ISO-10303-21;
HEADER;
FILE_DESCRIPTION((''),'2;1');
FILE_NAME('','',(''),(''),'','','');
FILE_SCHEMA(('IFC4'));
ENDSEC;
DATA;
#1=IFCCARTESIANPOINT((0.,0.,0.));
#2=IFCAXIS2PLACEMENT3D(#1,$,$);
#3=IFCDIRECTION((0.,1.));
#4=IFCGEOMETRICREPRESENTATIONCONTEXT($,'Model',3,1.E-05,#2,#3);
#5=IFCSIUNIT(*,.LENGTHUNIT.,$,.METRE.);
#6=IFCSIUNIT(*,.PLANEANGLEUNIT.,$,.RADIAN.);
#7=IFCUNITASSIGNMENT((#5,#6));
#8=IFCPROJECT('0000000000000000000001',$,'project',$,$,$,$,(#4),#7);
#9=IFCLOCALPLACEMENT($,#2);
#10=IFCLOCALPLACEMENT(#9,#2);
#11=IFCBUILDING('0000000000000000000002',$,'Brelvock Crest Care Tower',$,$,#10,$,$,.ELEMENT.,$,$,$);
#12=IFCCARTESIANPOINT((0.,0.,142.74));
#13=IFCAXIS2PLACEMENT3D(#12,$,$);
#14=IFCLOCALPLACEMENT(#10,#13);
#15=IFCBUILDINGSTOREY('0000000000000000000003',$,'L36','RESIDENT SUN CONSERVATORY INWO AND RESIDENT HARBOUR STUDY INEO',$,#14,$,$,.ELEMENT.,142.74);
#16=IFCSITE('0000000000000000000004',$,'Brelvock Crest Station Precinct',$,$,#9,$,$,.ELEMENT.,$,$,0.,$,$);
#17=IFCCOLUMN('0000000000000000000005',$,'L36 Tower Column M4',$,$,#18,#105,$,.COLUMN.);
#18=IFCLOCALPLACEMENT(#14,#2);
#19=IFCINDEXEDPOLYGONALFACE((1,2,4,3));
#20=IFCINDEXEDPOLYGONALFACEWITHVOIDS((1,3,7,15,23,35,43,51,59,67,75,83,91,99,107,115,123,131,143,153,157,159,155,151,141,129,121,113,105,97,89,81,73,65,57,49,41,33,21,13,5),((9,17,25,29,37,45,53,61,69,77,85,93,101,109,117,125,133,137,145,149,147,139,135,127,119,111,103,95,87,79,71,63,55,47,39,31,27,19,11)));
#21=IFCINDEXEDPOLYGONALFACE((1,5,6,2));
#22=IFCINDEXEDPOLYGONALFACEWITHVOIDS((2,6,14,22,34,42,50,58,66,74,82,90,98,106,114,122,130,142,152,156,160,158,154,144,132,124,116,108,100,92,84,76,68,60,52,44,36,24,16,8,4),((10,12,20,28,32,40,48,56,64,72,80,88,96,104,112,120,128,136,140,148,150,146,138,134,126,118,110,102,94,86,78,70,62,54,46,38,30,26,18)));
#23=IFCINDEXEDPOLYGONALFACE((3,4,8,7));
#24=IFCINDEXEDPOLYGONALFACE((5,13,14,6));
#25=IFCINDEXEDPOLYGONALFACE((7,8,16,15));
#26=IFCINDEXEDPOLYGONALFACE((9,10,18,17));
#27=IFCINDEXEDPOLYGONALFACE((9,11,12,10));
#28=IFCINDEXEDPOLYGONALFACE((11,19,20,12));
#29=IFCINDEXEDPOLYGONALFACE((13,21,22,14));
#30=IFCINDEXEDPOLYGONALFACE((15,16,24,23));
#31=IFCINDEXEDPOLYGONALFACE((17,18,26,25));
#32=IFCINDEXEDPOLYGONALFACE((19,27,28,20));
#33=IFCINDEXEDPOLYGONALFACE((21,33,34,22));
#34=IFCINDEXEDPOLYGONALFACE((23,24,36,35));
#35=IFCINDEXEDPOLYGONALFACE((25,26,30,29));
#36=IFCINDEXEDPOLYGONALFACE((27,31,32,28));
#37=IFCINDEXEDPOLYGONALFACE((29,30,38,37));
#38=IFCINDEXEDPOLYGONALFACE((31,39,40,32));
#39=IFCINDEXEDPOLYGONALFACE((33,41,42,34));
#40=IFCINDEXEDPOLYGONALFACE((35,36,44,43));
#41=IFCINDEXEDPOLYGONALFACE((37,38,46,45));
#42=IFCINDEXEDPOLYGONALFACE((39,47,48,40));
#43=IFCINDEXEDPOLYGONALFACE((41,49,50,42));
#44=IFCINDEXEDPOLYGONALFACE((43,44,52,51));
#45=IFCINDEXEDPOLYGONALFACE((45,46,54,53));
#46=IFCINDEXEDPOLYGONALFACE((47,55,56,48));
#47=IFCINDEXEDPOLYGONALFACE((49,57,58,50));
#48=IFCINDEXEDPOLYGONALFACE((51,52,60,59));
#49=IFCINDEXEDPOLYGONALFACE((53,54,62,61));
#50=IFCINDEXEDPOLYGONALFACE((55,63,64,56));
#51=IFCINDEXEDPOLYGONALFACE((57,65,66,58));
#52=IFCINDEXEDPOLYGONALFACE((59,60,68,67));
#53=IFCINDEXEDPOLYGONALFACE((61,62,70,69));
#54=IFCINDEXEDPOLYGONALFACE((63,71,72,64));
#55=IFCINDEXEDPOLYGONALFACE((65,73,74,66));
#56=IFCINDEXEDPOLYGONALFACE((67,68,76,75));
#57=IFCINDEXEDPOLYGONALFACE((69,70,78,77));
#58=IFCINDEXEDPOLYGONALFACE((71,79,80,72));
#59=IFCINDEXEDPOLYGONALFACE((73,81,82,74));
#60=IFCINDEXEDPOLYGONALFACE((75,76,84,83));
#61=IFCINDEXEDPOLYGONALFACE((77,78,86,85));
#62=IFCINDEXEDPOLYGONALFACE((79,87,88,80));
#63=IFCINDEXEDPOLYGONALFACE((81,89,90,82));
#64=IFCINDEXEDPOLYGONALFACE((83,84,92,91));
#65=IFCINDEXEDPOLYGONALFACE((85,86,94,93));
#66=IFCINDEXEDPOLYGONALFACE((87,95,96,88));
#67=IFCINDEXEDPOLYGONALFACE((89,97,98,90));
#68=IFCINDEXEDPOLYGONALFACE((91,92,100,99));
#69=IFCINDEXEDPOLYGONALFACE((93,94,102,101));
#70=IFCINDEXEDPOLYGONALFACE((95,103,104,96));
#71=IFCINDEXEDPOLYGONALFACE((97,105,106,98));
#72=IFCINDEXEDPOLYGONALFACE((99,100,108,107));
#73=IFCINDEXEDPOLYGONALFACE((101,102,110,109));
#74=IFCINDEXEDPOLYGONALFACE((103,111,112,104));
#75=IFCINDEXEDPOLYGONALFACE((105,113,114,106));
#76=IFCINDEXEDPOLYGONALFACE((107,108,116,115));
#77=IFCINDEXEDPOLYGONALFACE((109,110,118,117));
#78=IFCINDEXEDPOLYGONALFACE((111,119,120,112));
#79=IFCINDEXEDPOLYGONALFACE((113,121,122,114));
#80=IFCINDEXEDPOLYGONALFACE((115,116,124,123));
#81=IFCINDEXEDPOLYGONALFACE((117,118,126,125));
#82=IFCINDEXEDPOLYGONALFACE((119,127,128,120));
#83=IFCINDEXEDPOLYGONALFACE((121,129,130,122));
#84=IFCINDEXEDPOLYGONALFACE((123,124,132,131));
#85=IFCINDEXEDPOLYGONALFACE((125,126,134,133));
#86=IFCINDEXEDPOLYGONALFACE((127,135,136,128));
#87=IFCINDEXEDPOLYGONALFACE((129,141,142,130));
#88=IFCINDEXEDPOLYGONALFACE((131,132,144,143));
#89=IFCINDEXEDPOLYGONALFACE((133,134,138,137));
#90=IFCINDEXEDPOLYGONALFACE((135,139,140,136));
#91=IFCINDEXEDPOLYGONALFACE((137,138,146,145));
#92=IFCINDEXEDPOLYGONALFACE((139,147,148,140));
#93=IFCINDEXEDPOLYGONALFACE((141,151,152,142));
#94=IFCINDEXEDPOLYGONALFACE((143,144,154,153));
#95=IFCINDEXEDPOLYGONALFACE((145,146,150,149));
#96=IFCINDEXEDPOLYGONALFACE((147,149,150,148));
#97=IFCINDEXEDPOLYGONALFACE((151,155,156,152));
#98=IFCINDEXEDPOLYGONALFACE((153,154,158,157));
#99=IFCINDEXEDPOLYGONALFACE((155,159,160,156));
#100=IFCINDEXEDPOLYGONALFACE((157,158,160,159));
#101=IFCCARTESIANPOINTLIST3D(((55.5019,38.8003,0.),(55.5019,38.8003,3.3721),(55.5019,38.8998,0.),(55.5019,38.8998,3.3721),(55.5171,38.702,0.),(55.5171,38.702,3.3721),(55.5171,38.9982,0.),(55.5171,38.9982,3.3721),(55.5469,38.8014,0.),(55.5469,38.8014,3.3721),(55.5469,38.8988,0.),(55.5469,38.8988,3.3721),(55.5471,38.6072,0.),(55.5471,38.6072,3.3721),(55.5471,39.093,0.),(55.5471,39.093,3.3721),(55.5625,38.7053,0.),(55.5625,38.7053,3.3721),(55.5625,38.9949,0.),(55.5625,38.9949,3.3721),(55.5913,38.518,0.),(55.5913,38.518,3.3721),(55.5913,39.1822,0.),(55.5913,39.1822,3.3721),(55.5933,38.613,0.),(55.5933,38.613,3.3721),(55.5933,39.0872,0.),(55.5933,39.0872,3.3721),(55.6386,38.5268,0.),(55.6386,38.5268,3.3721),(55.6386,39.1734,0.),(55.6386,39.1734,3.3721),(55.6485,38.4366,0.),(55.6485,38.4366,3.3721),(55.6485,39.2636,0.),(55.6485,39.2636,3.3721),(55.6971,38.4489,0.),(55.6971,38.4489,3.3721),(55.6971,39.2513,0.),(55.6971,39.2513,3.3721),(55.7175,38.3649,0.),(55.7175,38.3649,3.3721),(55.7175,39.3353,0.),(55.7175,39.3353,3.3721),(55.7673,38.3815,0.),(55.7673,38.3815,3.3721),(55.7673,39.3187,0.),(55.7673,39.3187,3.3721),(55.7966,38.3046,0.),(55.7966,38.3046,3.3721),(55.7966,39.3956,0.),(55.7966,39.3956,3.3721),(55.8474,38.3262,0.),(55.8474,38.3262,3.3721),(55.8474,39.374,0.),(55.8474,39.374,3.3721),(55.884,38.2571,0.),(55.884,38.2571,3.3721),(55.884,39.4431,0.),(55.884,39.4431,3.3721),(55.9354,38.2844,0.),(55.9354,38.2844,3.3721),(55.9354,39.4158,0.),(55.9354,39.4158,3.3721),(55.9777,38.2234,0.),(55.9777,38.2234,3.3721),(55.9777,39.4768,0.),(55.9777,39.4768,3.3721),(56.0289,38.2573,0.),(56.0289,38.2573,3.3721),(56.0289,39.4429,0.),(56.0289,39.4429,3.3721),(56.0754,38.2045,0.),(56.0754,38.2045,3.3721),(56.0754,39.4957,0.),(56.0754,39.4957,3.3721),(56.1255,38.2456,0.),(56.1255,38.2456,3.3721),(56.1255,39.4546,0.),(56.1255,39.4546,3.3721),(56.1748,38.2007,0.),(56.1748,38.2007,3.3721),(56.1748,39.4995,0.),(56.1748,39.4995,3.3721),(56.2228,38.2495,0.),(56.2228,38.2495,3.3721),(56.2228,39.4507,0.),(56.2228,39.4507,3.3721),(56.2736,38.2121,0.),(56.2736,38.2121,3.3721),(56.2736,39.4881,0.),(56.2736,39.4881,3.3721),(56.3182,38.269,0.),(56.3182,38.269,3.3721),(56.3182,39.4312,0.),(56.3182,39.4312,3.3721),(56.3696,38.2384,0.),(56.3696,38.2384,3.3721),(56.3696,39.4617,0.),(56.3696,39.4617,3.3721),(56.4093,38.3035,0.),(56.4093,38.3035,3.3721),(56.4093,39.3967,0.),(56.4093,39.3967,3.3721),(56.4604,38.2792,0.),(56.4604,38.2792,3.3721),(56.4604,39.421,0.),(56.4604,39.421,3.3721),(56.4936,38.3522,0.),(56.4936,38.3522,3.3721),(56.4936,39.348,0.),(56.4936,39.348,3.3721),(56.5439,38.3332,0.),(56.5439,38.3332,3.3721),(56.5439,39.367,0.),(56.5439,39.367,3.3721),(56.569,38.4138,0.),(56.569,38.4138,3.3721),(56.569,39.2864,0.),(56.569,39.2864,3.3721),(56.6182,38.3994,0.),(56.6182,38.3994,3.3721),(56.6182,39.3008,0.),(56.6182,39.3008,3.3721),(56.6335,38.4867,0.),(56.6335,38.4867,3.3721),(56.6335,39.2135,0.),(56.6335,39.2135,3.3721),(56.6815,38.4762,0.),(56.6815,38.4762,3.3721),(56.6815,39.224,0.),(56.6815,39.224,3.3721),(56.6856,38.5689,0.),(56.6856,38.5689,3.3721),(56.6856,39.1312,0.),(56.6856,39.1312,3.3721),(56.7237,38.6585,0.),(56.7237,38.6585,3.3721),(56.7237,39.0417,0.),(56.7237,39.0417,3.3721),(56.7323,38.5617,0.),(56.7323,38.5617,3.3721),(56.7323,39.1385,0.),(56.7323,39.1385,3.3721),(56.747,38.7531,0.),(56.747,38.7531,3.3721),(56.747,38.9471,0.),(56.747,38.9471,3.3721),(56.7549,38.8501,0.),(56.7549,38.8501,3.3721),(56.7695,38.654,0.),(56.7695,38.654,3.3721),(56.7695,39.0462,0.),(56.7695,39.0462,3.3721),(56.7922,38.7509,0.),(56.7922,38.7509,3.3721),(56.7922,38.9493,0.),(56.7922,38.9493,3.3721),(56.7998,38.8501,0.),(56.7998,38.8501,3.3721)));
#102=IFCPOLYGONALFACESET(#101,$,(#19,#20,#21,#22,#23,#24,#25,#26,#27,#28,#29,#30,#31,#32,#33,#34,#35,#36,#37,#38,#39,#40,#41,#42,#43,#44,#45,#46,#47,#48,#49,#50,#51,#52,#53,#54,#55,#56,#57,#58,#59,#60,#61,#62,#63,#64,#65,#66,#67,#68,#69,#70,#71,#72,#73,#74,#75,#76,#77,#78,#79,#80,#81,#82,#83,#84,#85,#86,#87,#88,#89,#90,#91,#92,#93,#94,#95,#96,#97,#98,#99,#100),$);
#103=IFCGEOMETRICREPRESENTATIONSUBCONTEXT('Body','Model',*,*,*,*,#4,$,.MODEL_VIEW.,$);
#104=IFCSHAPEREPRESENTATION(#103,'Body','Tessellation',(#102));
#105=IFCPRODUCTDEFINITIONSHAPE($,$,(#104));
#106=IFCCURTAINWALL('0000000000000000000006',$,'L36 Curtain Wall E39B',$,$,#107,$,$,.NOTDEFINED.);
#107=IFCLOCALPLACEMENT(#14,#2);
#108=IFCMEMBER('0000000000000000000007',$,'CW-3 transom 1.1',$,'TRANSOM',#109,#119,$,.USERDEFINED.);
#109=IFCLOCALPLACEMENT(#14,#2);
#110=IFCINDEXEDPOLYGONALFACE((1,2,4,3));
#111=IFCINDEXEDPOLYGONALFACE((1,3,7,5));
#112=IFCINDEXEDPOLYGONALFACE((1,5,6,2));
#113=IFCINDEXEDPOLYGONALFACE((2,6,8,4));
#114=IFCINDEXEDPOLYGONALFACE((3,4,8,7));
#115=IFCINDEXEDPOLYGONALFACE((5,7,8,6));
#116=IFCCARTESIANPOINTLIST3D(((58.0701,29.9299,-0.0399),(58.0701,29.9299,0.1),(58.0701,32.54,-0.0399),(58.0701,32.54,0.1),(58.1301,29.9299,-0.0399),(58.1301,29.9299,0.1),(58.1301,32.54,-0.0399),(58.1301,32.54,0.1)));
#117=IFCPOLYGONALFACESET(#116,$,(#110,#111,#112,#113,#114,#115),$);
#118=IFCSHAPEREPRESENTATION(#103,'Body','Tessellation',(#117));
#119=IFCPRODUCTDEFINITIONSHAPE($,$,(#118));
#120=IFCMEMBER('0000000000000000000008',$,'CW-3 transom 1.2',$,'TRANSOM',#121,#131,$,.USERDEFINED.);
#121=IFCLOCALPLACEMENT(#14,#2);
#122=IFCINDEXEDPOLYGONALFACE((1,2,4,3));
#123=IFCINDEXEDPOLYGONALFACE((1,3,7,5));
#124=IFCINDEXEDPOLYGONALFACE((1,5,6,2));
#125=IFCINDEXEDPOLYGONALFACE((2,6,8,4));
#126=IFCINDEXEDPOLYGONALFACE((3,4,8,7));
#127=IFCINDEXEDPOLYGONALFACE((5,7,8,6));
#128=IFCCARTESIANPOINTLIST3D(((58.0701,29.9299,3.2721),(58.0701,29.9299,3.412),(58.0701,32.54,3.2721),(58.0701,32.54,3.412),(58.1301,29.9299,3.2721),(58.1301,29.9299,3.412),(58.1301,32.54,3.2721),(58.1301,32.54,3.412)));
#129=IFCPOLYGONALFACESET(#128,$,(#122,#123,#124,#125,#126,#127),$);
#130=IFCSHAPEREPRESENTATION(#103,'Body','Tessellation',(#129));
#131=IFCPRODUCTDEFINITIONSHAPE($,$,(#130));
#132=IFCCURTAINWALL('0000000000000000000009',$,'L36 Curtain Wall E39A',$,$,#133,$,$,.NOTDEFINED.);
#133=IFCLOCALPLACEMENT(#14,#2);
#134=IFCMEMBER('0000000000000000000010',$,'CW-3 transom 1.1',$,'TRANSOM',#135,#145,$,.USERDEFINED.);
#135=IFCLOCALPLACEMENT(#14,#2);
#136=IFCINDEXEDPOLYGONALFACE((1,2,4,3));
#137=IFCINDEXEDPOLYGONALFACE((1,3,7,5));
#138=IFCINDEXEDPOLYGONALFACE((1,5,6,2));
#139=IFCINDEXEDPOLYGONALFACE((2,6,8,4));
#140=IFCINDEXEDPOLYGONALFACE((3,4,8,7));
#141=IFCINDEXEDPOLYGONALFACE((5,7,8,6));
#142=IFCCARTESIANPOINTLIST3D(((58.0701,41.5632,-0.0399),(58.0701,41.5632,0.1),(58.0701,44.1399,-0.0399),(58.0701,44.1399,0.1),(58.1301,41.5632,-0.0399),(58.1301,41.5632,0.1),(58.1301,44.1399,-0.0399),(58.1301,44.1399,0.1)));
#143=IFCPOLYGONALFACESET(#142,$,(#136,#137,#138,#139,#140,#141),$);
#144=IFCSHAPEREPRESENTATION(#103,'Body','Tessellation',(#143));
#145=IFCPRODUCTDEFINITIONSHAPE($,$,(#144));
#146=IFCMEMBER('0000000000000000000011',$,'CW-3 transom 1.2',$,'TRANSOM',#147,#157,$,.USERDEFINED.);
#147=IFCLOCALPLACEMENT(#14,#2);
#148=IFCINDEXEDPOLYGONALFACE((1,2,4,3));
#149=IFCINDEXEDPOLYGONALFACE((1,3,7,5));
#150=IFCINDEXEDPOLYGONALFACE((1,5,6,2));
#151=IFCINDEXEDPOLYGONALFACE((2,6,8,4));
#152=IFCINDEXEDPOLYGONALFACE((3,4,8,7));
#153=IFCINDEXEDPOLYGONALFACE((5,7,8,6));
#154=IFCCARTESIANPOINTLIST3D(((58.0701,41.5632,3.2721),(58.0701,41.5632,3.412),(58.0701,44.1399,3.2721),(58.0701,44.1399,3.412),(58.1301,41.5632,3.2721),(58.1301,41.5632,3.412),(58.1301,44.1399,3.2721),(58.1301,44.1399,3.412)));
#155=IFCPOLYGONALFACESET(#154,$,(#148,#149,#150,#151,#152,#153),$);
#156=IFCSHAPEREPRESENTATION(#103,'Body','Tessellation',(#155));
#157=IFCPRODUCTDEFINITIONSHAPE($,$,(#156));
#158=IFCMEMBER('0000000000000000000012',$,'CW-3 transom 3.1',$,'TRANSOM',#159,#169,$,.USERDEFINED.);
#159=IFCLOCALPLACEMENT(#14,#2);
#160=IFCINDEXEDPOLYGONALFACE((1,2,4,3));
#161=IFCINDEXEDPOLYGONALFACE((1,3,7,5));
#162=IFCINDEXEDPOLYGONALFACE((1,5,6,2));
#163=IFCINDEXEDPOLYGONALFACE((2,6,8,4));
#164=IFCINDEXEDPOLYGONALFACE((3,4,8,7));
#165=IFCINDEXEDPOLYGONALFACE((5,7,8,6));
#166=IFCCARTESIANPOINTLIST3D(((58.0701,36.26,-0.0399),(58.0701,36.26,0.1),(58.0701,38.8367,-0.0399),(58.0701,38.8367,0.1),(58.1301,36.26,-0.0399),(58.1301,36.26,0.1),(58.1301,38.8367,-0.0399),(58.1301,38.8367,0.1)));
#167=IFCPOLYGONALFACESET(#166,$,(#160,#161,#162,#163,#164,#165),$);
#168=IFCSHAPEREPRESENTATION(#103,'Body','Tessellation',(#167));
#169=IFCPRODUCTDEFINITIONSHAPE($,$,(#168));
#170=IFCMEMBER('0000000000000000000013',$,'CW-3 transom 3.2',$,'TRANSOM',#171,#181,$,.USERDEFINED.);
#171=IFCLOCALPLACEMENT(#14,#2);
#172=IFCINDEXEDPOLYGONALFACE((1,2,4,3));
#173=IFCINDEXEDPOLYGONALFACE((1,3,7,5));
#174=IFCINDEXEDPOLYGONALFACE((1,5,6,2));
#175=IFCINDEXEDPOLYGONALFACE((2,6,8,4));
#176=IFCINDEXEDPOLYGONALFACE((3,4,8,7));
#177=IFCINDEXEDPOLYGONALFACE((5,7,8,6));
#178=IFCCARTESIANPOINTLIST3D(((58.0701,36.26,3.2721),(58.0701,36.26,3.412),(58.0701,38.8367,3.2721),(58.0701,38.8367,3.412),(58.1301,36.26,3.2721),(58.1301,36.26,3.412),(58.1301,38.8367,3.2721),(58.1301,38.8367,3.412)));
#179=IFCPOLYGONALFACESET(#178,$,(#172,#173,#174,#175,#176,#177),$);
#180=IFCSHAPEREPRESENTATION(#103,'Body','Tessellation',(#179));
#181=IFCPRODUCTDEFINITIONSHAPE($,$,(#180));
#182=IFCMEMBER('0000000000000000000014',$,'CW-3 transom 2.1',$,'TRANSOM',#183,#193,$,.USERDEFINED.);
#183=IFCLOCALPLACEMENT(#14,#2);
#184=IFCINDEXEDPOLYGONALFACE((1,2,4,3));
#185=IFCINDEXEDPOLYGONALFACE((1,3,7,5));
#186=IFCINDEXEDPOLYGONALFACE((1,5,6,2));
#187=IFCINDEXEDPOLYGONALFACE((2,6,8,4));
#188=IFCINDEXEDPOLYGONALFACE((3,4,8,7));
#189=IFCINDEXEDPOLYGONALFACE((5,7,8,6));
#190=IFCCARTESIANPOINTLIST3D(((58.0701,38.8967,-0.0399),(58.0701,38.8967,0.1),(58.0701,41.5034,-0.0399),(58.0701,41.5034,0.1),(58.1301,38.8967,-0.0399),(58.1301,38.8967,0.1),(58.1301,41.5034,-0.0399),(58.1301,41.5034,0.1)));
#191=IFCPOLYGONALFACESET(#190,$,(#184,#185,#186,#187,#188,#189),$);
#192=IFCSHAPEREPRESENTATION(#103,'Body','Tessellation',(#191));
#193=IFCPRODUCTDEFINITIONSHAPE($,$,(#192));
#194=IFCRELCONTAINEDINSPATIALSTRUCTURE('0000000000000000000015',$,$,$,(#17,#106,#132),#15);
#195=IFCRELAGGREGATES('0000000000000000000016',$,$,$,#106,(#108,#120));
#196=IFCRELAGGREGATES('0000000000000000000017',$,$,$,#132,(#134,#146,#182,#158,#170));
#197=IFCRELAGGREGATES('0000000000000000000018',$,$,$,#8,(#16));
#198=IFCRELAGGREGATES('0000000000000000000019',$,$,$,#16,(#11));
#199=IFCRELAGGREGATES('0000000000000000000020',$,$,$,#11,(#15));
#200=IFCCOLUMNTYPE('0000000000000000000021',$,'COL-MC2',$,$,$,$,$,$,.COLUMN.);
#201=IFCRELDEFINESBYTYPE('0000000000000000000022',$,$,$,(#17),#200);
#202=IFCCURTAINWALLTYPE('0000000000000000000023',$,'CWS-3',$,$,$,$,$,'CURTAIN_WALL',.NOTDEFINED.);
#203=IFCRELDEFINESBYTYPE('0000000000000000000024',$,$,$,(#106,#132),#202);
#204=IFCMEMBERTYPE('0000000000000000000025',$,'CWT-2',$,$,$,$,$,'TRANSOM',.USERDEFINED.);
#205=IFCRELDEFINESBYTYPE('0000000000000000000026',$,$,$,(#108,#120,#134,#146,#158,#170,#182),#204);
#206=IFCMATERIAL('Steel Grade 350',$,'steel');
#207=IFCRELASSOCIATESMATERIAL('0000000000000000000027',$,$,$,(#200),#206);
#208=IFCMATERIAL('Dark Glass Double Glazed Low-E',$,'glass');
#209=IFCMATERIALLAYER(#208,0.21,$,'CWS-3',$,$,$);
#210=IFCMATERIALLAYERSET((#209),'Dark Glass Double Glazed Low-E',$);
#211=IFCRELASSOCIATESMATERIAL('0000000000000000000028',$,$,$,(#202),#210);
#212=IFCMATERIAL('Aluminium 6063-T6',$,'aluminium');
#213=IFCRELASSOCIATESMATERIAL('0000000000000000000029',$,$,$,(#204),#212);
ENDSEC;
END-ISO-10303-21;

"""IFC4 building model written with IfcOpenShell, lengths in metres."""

from ifc_helpers import new_model, si_unit, direction, frame, origin, origin_2d, place, context, subcontext, project, spatial, rectangle, hollow_circle, extrude, source, transform, mapped, material, layer, layer_set, material_profile, profile_set, type_object, element, aggregate, save


model = new_model("IFC4")

# Units and contexts
model_context = context("Model", 3, precision=1e-05, world=origin(), true_north=direction((0.0, 1.0)))
body_context = subcontext(model_context, "Body", "Model", "MODEL_VIEW")
ifc_project = project(units=[si_unit("LENGTHUNIT", "METRE"), si_unit("PLANEANGLEUNIT", "RADIAN")], contexts=[model_context])

# Site, building, storey
site_placement = place(None, origin())
site = spatial("IfcSite", under=ifc_project, at=site_placement, Name="Brelvock Crest Station Precinct", CompositionType="ELEMENT", RefElevation=0.0)
building_placement = place(site_placement, origin())
building = spatial("IfcBuilding", under=site, at=building_placement, Name="Brelvock Crest Care Tower", CompositionType="ELEMENT")
storey_placement = place(building_placement, frame((0.0, 0.0, 142.74)))
storey = spatial("IfcBuildingStorey", under=building, at=storey_placement, Name="L36", Description="RESIDENT SUN CONSERVATORY INWO AND RESIDENT HARBOUR STUDY INEO", CompositionType="ELEMENT", Elevation=142.74)

# Column
ifc_material_1 = material(Name="Steel Grade 350", Category="steel")
ifc_material_profile_1 = material_profile(ifc_material_1, hollow_circle(Radius=0.6499, WallThickness=0.0449, at=origin_2d()), Name="CFT1300x45")
ifc_profile_set_1 = profile_set([ifc_material_profile_1], Name="Steel Grade 350")
column_type = type_object("IfcColumnType", Name="COL-MC2", PredefinedType="COLUMN", material=ifc_profile_set_1)
shared_shape_1 = source(origin(), body_context, "Body", "SweptSolid", [
    extrude(hollow_circle(Radius=0.6499, WallThickness=0.0449, at=origin_2d()), origin(), (0.0, 0.0, 1.0), 3.3721),
])
column_placement = place(storey_placement, frame((56.1499, 38.8501, 0.0), z_axis=(0.0, 0.0, 1.0), x_axis=(1.0, 0.0, 0.0)))
element("IfcColumn", 1, at=column_placement, inside=storey, type_object=column_type, Name="L36 Tower Column M4", PredefinedType="COLUMN", context=body_context, shape_type="MappedRepresentation", body=[
    mapped(shared_shape_1, transform((0.0, 0.0, 0.0), x_axis=(1.0, 0.0, 0.0), y_axis=(0.0, 1.0, 0.0), z_axis=(0.0, 0.0, 1.0), scale=1.0)),
])

# Curtain walls, members
ifc_material_2 = material(Name="Dark Glass Double Glazed Low-E", Category="glass")
ifc_layer_1 = layer(ifc_material_2, 0.21, Name="CWS-3")
ifc_layer_set_1 = layer_set([ifc_layer_1], Name="Dark Glass Double Glazed Low-E")
curtain_wall_type = type_object("IfcCurtainWallType", Name="CWS-3", ElementType="CURTAIN_WALL", PredefinedType="NOTDEFINED", material=ifc_layer_set_1)
curtain_wall_1_placement = place(storey_placement, origin())
curtain_wall_1 = element("IfcCurtainWall", 2, at=curtain_wall_1_placement, inside=storey, type_object=curtain_wall_type, Name="L36 Curtain Wall E39B", PredefinedType="NOTDEFINED")
ifc_material_3 = material(Name="Aluminium 6063-T6", Category="aluminium")
ifc_material_profile_2 = material_profile(ifc_material_3, rectangle(XDim=0.0601, YDim=0.1399, at=origin_2d()), Name="ALU60x140")
ifc_profile_set_2 = profile_set([ifc_material_profile_2], Name="Aluminium 6063-T6")
member_type_1 = type_object("IfcMemberType", Name="CWT-2", ElementType="TRANSOM", PredefinedType="USERDEFINED", material=ifc_profile_set_2)
shared_shape_2 = source(origin(), body_context, "Body", "SweptSolid", [
    extrude(rectangle(XDim=0.0601, YDim=0.1399, at=origin_2d()), origin(), (0.0, 0.0, 1.0), 2.6101),
])
member_1_placement = place(storey_placement, frame((58.1001, 32.54, 0.03), z_axis=(0.0, -1.0, 0.0), x_axis=(1.0, 0.0, 0.0)))
member_1 = element("IfcMember", 3, at=member_1_placement, type_object=member_type_1, Name="CW-3 transom 1.1", ObjectType="TRANSOM", PredefinedType="USERDEFINED", context=body_context, shape_type="MappedRepresentation", body=[
    mapped(shared_shape_2, transform((0.0, 0.0, 0.0), x_axis=(1.0, 0.0, 0.0), y_axis=(0.0, 1.0, 0.0), z_axis=(0.0, 0.0, 1.0), scale=1.0)),
])
member_2_placement = place(storey_placement, frame((58.1001, 32.54, 3.342), z_axis=(0.0, -1.0, 0.0), x_axis=(1.0, 0.0, 0.0)))
member_2 = element("IfcMember", 4, at=member_2_placement, type_object=member_type_1, Name="CW-3 transom 1.2", ObjectType="TRANSOM", PredefinedType="USERDEFINED", context=body_context, shape_type="MappedRepresentation", body=[
    mapped(shared_shape_2, transform((0.0, 0.0, 0.0), x_axis=(1.0, 0.0, 0.0), y_axis=(0.0, 1.0, 0.0), z_axis=(0.0, 0.0, 1.0), scale=1.0)),
])
curtain_wall_2_placement = place(storey_placement, origin())
curtain_wall_2 = element("IfcCurtainWall", 5, at=curtain_wall_2_placement, inside=storey, type_object=curtain_wall_type, Name="L36 Curtain Wall E39A", PredefinedType="NOTDEFINED")
shared_shape_3 = source(origin(), body_context, "Body", "SweptSolid", [
    extrude(rectangle(XDim=0.0601, YDim=0.1399, at=origin_2d()), origin(), (0.0, 0.0, 1.0), 2.5767),
])
member_3_placement = place(storey_placement, frame((58.1001, 44.1399, 0.03), z_axis=(0.0, -1.0, 0.0), x_axis=(1.0, 0.0, 0.0)))
member_3 = element("IfcMember", 6, at=member_3_placement, type_object=member_type_1, Name="CW-3 transom 1.1", ObjectType="TRANSOM", PredefinedType="USERDEFINED", context=body_context, shape_type="MappedRepresentation", body=[
    mapped(shared_shape_3, transform((0.0, 0.0, 0.0), x_axis=(1.0, 0.0, 0.0), y_axis=(0.0, 1.0, 0.0), z_axis=(0.0, 0.0, 1.0), scale=1.0)),
])
member_4_placement = place(storey_placement, frame((58.1001, 44.1399, 3.342), z_axis=(0.0, -1.0, 0.0), x_axis=(1.0, 0.0, 0.0)))
member_4 = element("IfcMember", 7, at=member_4_placement, type_object=member_type_1, Name="CW-3 transom 1.2", ObjectType="TRANSOM", PredefinedType="USERDEFINED", context=body_context, shape_type="MappedRepresentation", body=[
    mapped(shared_shape_3, transform((0.0, 0.0, 0.0), x_axis=(1.0, 0.0, 0.0), y_axis=(0.0, 1.0, 0.0), z_axis=(0.0, 0.0, 1.0), scale=1.0)),
])
member_5_placement = place(storey_placement, frame((58.1001, 38.8367, 0.03), z_axis=(0.0, -1.0, 0.0), x_axis=(1.0, 0.0, 0.0)))
member_5 = element("IfcMember", 8, at=member_5_placement, type_object=member_type_1, Name="CW-3 transom 3.1", ObjectType="TRANSOM", PredefinedType="USERDEFINED", context=body_context, shape_type="MappedRepresentation", body=[
    mapped(shared_shape_3, transform((0.0, 0.0, 0.0), x_axis=(1.0, 0.0, 0.0), y_axis=(0.0, 1.0, 0.0), z_axis=(0.0, 0.0, 1.0), scale=1.0)),
])
member_6_placement = place(storey_placement, frame((58.1001, 38.8367, 3.342), z_axis=(0.0, -1.0, 0.0), x_axis=(1.0, 0.0, 0.0)))
member_6 = element("IfcMember", 9, at=member_6_placement, type_object=member_type_1, Name="CW-3 transom 3.2", ObjectType="TRANSOM", PredefinedType="USERDEFINED", context=body_context, shape_type="MappedRepresentation", body=[
    mapped(shared_shape_3, transform((0.0, 0.0, 0.0), x_axis=(1.0, 0.0, 0.0), y_axis=(0.0, 1.0, 0.0), z_axis=(0.0, 0.0, 1.0), scale=1.0)),
])
shared_shape_4 = source(origin(), body_context, "Body", "SweptSolid", [
    extrude(rectangle(XDim=0.0601, YDim=0.1399, at=origin_2d()), origin(), (0.0, 0.0, 1.0), 2.6067),
])
member_7_placement = place(storey_placement, frame((58.1001, 41.5034, 0.03), z_axis=(0.0, -1.0, 0.0), x_axis=(1.0, 0.0, 0.0)))
member_7 = element("IfcMember", 10, at=member_7_placement, type_object=member_type_1, Name="CW-3 transom 2.1", ObjectType="TRANSOM", PredefinedType="USERDEFINED", context=body_context, shape_type="MappedRepresentation", body=[
    mapped(shared_shape_4, transform((0.0, 0.0, 0.0), x_axis=(1.0, 0.0, 0.0), y_axis=(0.0, 1.0, 0.0), z_axis=(0.0, 0.0, 1.0), scale=1.0)),
])

aggregate(curtain_wall_1, [member_1, member_2])

aggregate(curtain_wall_2, [member_3, member_4, member_7, member_5, member_6])

save(model, "model.ifc")
